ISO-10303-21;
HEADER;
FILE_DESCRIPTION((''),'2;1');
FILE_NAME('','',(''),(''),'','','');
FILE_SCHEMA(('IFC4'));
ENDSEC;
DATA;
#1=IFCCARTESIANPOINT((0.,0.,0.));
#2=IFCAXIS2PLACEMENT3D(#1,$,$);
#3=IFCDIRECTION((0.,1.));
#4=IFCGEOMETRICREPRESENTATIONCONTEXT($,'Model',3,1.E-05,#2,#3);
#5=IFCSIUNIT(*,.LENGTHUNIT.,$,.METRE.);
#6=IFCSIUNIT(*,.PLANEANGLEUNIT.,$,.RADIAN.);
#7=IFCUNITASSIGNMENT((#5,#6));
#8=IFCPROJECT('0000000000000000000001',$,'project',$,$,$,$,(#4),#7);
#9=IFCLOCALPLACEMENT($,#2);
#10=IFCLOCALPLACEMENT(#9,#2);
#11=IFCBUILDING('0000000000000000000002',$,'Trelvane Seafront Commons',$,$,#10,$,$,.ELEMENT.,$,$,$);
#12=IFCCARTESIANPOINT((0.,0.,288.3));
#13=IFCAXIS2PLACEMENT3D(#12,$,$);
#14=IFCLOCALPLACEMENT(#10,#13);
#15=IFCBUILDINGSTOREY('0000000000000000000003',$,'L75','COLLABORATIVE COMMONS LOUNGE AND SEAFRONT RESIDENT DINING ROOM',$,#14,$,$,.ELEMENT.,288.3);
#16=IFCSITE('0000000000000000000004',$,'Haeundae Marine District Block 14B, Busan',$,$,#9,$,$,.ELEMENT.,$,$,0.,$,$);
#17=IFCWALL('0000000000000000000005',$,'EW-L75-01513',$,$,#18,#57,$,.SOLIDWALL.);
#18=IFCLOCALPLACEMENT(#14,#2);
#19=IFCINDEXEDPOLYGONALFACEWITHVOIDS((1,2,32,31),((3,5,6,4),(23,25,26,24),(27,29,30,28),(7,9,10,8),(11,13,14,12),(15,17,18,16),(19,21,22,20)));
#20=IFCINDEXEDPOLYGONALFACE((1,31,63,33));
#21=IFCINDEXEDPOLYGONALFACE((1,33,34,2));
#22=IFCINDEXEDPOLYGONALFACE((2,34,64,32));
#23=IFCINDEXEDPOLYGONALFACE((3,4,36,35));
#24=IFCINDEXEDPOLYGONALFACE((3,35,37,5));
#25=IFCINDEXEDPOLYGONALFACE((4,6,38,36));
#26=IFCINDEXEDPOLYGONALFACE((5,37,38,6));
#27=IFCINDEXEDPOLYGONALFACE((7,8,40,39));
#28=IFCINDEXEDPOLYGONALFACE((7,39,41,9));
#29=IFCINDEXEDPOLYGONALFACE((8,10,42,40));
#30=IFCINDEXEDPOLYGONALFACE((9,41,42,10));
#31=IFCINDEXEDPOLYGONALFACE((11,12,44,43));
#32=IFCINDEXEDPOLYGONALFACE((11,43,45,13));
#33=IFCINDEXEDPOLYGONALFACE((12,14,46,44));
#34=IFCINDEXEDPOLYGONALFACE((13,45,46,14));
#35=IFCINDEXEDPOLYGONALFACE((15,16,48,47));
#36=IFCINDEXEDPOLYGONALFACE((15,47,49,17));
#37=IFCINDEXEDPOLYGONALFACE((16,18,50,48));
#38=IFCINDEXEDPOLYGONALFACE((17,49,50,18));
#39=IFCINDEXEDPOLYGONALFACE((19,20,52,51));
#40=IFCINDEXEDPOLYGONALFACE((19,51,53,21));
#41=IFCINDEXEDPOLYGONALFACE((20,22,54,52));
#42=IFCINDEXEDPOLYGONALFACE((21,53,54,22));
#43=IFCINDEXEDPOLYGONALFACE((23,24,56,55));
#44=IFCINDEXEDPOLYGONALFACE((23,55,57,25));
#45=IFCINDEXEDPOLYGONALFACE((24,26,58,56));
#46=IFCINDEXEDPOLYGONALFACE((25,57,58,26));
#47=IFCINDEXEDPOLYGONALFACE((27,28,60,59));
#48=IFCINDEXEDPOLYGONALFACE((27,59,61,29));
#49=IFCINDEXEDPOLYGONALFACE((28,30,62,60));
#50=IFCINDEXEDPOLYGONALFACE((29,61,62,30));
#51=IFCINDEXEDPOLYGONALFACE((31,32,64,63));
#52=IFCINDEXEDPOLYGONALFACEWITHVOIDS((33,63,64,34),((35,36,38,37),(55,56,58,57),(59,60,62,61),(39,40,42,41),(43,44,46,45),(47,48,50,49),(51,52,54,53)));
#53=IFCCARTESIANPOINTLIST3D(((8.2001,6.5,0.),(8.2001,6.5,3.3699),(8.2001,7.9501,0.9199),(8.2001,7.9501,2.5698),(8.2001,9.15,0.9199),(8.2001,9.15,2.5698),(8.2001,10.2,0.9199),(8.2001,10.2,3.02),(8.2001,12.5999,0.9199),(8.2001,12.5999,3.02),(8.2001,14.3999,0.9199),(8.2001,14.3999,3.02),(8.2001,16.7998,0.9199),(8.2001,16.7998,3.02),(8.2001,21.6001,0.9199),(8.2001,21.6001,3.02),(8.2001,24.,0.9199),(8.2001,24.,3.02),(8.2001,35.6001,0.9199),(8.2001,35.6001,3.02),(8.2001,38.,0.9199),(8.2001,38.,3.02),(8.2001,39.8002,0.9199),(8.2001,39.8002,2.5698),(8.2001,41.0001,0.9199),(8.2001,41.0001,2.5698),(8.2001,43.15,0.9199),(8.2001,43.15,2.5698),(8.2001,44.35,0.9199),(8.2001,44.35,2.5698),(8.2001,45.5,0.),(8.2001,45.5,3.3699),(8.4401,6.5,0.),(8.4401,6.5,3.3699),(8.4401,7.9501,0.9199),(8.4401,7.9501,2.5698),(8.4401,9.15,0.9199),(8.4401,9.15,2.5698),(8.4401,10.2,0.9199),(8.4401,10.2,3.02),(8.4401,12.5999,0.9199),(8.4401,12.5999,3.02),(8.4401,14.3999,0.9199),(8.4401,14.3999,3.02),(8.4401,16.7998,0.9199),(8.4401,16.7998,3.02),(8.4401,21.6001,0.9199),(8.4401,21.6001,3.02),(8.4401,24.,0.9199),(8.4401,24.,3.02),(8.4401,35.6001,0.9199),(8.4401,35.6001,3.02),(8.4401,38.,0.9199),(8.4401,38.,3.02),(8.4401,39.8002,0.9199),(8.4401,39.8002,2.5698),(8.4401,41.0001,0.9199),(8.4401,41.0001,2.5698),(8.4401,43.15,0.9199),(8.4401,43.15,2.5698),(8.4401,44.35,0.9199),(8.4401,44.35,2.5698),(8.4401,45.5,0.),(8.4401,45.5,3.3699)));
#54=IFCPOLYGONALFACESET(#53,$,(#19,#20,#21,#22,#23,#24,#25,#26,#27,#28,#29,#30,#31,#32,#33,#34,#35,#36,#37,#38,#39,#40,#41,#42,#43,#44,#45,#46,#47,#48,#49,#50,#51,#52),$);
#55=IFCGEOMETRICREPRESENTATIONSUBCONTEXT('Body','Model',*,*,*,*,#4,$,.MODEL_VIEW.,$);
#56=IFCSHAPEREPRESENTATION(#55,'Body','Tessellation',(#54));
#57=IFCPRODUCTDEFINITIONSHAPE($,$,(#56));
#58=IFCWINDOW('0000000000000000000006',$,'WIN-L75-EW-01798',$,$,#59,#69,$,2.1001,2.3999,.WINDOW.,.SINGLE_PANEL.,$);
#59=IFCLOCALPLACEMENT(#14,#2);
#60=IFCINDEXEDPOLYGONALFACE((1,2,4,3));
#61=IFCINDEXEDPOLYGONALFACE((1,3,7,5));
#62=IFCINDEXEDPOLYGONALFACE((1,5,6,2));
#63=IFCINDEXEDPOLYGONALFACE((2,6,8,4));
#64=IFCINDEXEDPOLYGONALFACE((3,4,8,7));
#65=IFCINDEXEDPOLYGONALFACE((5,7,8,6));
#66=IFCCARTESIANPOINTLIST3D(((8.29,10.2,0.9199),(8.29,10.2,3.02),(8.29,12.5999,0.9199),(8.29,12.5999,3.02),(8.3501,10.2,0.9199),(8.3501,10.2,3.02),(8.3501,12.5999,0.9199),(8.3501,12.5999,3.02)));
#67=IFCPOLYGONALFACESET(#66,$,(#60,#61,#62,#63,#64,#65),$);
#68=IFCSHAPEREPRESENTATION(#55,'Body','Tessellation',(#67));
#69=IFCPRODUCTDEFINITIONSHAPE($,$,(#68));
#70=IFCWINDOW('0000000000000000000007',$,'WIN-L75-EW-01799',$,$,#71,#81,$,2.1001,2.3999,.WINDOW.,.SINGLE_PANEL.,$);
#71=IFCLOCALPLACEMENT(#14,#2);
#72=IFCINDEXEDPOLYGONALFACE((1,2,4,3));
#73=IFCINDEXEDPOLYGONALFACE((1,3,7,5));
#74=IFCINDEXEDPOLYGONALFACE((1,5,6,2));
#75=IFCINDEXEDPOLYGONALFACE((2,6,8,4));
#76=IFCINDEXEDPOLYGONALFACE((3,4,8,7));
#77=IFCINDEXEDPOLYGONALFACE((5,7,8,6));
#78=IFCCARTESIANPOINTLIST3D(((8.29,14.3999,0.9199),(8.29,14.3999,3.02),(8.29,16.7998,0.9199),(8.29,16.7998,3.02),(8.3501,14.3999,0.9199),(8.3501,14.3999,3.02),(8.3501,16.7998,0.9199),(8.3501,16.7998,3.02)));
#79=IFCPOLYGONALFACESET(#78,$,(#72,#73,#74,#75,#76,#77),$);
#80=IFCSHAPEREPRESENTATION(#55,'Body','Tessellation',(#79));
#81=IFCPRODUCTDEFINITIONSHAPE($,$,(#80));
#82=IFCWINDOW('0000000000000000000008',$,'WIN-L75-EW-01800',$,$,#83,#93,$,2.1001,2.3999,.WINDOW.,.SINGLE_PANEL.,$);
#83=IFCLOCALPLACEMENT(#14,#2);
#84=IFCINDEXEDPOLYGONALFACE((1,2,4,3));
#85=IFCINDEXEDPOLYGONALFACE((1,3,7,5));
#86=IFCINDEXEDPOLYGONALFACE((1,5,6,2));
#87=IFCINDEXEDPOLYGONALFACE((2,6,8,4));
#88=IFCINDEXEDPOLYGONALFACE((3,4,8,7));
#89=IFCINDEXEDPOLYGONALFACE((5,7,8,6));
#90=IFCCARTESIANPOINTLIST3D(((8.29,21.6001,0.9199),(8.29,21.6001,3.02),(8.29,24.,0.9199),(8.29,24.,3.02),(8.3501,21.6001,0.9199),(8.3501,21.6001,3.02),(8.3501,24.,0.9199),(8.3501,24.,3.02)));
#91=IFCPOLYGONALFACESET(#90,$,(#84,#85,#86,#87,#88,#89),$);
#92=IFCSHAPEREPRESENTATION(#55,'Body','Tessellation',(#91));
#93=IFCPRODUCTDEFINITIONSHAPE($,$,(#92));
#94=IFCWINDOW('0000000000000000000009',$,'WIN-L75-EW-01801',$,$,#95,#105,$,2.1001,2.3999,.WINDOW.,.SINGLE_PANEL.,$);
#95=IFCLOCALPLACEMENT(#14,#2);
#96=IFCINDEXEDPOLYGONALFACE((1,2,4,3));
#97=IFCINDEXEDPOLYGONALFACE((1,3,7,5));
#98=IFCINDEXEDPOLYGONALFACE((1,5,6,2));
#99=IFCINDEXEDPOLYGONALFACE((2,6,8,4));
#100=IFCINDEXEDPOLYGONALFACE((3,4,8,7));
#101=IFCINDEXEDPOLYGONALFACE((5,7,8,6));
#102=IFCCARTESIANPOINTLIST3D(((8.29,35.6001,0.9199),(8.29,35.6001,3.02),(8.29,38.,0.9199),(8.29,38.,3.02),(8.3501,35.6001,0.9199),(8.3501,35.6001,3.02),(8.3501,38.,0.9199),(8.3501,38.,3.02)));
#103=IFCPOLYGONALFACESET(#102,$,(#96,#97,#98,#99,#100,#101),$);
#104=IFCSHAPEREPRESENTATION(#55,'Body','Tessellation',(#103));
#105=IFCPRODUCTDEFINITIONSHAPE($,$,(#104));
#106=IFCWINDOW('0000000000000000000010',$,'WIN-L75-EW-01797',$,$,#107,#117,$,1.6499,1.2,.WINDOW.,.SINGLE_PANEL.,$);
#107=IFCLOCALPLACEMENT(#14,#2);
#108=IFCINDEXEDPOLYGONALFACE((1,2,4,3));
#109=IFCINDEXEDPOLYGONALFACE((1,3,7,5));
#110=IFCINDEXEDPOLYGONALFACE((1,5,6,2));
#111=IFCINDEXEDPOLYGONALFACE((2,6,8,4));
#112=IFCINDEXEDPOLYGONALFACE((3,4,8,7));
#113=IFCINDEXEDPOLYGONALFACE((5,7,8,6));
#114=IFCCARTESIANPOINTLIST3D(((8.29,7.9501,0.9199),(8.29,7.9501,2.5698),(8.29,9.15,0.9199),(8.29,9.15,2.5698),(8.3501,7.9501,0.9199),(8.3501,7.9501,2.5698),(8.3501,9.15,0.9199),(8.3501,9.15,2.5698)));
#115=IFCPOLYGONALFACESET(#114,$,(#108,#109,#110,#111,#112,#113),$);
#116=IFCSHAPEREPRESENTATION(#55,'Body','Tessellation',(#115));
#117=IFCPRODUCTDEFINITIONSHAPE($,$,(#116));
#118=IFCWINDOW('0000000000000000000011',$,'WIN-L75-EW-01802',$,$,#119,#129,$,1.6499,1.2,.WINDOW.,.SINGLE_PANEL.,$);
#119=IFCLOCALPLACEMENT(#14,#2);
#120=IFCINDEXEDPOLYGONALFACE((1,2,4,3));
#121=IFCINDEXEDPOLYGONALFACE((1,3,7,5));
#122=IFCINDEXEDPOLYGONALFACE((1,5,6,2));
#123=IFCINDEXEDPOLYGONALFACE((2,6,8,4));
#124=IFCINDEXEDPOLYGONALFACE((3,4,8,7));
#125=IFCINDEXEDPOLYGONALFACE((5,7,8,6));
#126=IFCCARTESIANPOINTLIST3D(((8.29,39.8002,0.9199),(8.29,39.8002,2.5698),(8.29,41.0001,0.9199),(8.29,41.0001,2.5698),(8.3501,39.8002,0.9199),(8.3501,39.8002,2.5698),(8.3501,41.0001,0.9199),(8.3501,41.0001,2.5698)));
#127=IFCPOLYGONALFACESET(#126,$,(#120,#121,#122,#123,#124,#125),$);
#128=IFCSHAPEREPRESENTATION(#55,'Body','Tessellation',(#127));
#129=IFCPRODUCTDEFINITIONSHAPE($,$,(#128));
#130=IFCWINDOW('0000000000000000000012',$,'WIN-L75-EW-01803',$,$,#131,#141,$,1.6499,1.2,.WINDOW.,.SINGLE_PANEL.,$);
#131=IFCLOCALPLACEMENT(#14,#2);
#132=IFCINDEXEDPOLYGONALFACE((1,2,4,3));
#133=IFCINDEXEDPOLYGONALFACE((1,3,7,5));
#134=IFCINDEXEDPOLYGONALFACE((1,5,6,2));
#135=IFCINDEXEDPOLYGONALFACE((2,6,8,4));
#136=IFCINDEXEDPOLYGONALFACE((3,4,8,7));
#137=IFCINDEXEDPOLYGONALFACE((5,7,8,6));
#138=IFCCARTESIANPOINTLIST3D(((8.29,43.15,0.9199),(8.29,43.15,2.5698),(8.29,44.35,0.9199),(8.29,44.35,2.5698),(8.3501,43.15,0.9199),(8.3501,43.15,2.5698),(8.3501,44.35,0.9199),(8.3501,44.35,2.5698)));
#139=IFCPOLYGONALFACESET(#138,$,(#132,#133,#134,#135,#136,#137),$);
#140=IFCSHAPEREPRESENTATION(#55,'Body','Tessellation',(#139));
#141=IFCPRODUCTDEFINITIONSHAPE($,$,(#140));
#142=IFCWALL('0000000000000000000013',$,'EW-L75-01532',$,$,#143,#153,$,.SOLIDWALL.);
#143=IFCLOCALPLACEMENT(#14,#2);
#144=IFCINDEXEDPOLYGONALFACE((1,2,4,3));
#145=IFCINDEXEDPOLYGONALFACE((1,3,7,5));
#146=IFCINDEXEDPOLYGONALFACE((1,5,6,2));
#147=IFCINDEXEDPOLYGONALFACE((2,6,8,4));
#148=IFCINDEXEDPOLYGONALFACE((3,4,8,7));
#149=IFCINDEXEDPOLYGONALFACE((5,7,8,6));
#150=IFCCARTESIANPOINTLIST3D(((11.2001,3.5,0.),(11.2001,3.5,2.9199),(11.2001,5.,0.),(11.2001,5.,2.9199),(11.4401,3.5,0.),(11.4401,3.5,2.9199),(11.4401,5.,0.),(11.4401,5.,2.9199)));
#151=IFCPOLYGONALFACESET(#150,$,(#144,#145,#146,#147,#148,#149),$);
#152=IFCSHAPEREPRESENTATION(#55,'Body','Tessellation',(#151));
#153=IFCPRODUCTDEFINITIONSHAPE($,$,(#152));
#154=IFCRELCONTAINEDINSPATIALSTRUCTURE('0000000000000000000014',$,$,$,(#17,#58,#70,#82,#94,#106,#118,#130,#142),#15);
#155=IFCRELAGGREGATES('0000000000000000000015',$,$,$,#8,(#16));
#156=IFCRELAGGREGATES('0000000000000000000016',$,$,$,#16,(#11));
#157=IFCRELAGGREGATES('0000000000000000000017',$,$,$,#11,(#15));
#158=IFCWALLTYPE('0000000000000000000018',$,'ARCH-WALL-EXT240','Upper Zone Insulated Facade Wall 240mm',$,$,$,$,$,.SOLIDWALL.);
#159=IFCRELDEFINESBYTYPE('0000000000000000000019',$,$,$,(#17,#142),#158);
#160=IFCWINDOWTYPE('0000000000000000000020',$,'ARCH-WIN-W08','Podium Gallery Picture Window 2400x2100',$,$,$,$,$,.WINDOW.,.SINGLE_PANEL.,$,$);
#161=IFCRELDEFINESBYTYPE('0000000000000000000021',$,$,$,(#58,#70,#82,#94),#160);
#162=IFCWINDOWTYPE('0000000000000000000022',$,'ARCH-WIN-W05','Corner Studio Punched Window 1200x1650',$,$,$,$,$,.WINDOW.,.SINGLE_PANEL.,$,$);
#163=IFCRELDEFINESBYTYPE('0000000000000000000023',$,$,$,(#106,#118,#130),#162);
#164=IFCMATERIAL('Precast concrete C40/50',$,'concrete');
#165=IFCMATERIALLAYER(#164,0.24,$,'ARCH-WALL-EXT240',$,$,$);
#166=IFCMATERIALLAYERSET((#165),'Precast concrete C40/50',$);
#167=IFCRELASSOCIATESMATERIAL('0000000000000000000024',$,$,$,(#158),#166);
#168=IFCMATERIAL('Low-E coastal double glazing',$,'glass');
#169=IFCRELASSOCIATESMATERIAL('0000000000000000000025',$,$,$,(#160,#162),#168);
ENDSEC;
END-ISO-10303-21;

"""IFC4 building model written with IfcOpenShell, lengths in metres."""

from ifc_helpers import new_model, si_unit, direction, frame, frame_2d, origin, place, context, subcontext, project, spatial, rectangle, extrude, source, transform, mapped, material, layer, layer_set, type_object, element, fill, save


model = new_model("IFC4")

# Units and contexts
model_context = context("Model", 3, precision=1e-05, world=origin(), true_north=direction((0.0, 1.0)))
body_context = subcontext(model_context, "Body", "Model", "MODEL_VIEW")
ifc_project = project(units=[si_unit("LENGTHUNIT", "METRE"), si_unit("PLANEANGLEUNIT", "RADIAN")], contexts=[model_context])

# Site, building, storey
site_placement = place(None, origin())
site = spatial("IfcSite", under=ifc_project, at=site_placement, Name="Haeundae Marine District Block 14B, Busan", CompositionType="ELEMENT", RefElevation=0.0)
building_placement = place(site_placement, origin())
building = spatial("IfcBuilding", under=site, at=building_placement, Name="Trelvane Seafront Commons", CompositionType="ELEMENT")
storey_placement = place(building_placement, frame((0.0, 0.0, 288.3)))
storey = spatial("IfcBuildingStorey", under=building, at=storey_placement, Name="L75", Description="COLLABORATIVE COMMONS LOUNGE AND SEAFRONT RESIDENT DINING ROOM", CompositionType="ELEMENT", Elevation=288.3)

# Shared definitions
ifc_material_1 = material(Name="Precast concrete C40/50", Category="concrete")
ifc_layer_1 = layer(ifc_material_1, 0.24, Name="ARCH-WALL-EXT240")
ifc_layer_set_1 = layer_set([ifc_layer_1], Name="Precast concrete C40/50")
wall_type_1 = type_object("IfcWallType", Name="ARCH-WALL-EXT240", Description="Upper Zone Insulated Facade Wall 240mm", PredefinedType="SOLIDWALL", material=ifc_layer_set_1)

# Wall, openings, windows
wall_1_placement = place(storey_placement, frame((8.3201, 6.5, 0.0), z_axis=(0.0, 0.0, 1.0), x_axis=(0.0, 1.0, 0.0)))
wall_1 = element("IfcWall", 1, at=wall_1_placement, inside=storey, type_object=wall_type_1, Name="EW-L75-01513", PredefinedType="SOLIDWALL", context=body_context, shape_type="SweptSolid", body=[
    extrude(rectangle(XDim=39.0, YDim=0.24, at=frame_2d((19.5, 0.0))), origin(), (0.0, 0.0, 1.0), 3.3699),
])
opening_1_placement = place(wall_1_placement, frame((1.45, 0.0, 0.9199)))
opening_1 = element("IfcOpeningElement", 2, at=opening_1_placement, cuts=wall_1, PredefinedType="OPENING", context=body_context, shape_type="SweptSolid", body=[
    extrude(rectangle(XDim=1.2, YDim=1.6499, at=frame_2d((0.6001, 0.825))), frame((0.0, 0.1299, 0.0), z_axis=(0.0, -1.0, 0.0), x_axis=(1.0, 0.0, 0.0)), (0.0, 0.0, 1.0), 0.26),
])
opening_2_placement = place(wall_1_placement, frame((3.7, 0.0, 0.9199)))
opening_2 = element("IfcOpeningElement", 3, at=opening_2_placement, cuts=wall_1, PredefinedType="OPENING", context=body_context, shape_type="SweptSolid", body=[
    extrude(rectangle(XDim=2.3999, YDim=2.1001, at=frame_2d((1.2, 1.05))), frame((0.0, 0.1299, 0.0), z_axis=(0.0, -1.0, 0.0), x_axis=(1.0, 0.0, 0.0)), (0.0, 0.0, 1.0), 0.26),
])
opening_3_placement = place(wall_1_placement, frame((7.8999, 0.0, 0.9199)))
opening_3 = element("IfcOpeningElement", 4, at=opening_3_placement, cuts=wall_1, PredefinedType="OPENING", context=body_context, shape_type="SweptSolid", body=[
    extrude(rectangle(XDim=2.3999, YDim=2.1001, at=frame_2d((1.2, 1.05))), frame((0.0, 0.1299, 0.0), z_axis=(0.0, -1.0, 0.0), x_axis=(1.0, 0.0, 0.0)), (0.0, 0.0, 1.0), 0.26),
])
opening_4_placement = place(wall_1_placement, frame((15.1001, 0.0, 0.9199)))
opening_4 = element("IfcOpeningElement", 5, at=opening_4_placement, cuts=wall_1, PredefinedType="OPENING", context=body_context, shape_type="SweptSolid", body=[
    extrude(rectangle(XDim=2.3999, YDim=2.1001, at=frame_2d((1.2, 1.05))), frame((0.0, 0.1299, 0.0), z_axis=(0.0, -1.0, 0.0), x_axis=(1.0, 0.0, 0.0)), (0.0, 0.0, 1.0), 0.26),
])
opening_5_placement = place(wall_1_placement, frame((29.1001, 0.0, 0.9199)))
opening_5 = element("IfcOpeningElement", 6, at=opening_5_placement, cuts=wall_1, PredefinedType="OPENING", context=body_context, shape_type="SweptSolid", body=[
    extrude(rectangle(XDim=2.3999, YDim=2.1001, at=frame_2d((1.2, 1.05))), frame((0.0, 0.1299, 0.0), z_axis=(0.0, -1.0, 0.0), x_axis=(1.0, 0.0, 0.0)), (0.0, 0.0, 1.0), 0.26),
])
opening_6_placement = place(wall_1_placement, frame((33.3, 0.0, 0.9199)))
opening_6 = element("IfcOpeningElement", 7, at=opening_6_placement, cuts=wall_1, PredefinedType="OPENING", context=body_context, shape_type="SweptSolid", body=[
    extrude(rectangle(XDim=1.2, YDim=1.6499, at=frame_2d((0.6001, 0.825))), frame((0.0, 0.1299, 0.0), z_axis=(0.0, -1.0, 0.0), x_axis=(1.0, 0.0, 0.0)), (0.0, 0.0, 1.0), 0.26),
])
opening_7_placement = place(wall_1_placement, frame((36.6499, 0.0, 0.9199)))
opening_7 = element("IfcOpeningElement", 8, at=opening_7_placement, cuts=wall_1, PredefinedType="OPENING", context=body_context, shape_type="SweptSolid", body=[
    extrude(rectangle(XDim=1.2, YDim=1.6499, at=frame_2d((0.6001, 0.825))), frame((0.0, 0.1299, 0.0), z_axis=(0.0, -1.0, 0.0), x_axis=(1.0, 0.0, 0.0)), (0.0, 0.0, 1.0), 0.26),
])
ifc_material_2 = material(Name="Low-E coastal double glazing", Category="glass")
window_type_1 = type_object("IfcWindowType", Name="ARCH-WIN-W08", Description="Podium Gallery Picture Window 2400x2100", PartitioningType="SINGLE_PANEL", PredefinedType="WINDOW", material=ifc_material_2)
shared_shape_1 = source(origin(), body_context, "Body", "SweptSolid", [
    extrude(rectangle(XDim=2.3999, YDim=2.1001, at=frame_2d((1.2, 1.05))), frame((0.0, 0.03, 0.0), z_axis=(0.0, -1.0, 0.0), x_axis=(1.0, 0.0, 0.0)), (0.0, 0.0, 1.0), 0.0601),
])
window_1_placement = place(opening_2_placement, origin())
window_1 = element("IfcWindow", 9, at=window_1_placement, inside=storey, type_object=window_type_1, Name="WIN-L75-EW-01798", OverallHeight=2.1001, OverallWidth=2.3999, PartitioningType="SINGLE_PANEL", PredefinedType="WINDOW", context=body_context, shape_type="MappedRepresentation", body=[
    mapped(shared_shape_1, transform((0.0, 0.0, 0.0), x_axis=(1.0, 0.0, 0.0), y_axis=(0.0, 1.0, 0.0), z_axis=(0.0, 0.0, 1.0), scale=1.0)),
])
fill(opening_2, window_1)
window_2_placement = place(opening_3_placement, origin())
window_2 = element("IfcWindow", 10, at=window_2_placement, inside=storey, type_object=window_type_1, Name="WIN-L75-EW-01799", OverallHeight=2.1001, OverallWidth=2.3999, PartitioningType="SINGLE_PANEL", PredefinedType="WINDOW", context=body_context, shape_type="MappedRepresentation", body=[
    mapped(shared_shape_1, transform((0.0, 0.0, 0.0), x_axis=(1.0, 0.0, 0.0), y_axis=(0.0, 1.0, 0.0), z_axis=(0.0, 0.0, 1.0), scale=1.0)),
])
fill(opening_3, window_2)
window_3_placement = place(opening_4_placement, origin())
window_3 = element("IfcWindow", 11, at=window_3_placement, inside=storey, type_object=window_type_1, Name="WIN-L75-EW-01800", OverallHeight=2.1001, OverallWidth=2.3999, PartitioningType="SINGLE_PANEL", PredefinedType="WINDOW", context=body_context, shape_type="MappedRepresentation", body=[
    mapped(shared_shape_1, transform((0.0, 0.0, 0.0), x_axis=(1.0, 0.0, 0.0), y_axis=(0.0, 1.0, 0.0), z_axis=(0.0, 0.0, 1.0), scale=1.0)),
])
fill(opening_4, window_3)
window_4_placement = place(opening_5_placement, origin())
window_4 = element("IfcWindow", 12, at=window_4_placement, inside=storey, type_object=window_type_1, Name="WIN-L75-EW-01801", OverallHeight=2.1001, OverallWidth=2.3999, PartitioningType="SINGLE_PANEL", PredefinedType="WINDOW", context=body_context, shape_type="MappedRepresentation", body=[
    mapped(shared_shape_1, transform((0.0, 0.0, 0.0), x_axis=(1.0, 0.0, 0.0), y_axis=(0.0, 1.0, 0.0), z_axis=(0.0, 0.0, 1.0), scale=1.0)),
])
fill(opening_5, window_4)
window_type_2 = type_object("IfcWindowType", Name="ARCH-WIN-W05", Description="Corner Studio Punched Window 1200x1650", PartitioningType="SINGLE_PANEL", PredefinedType="WINDOW", material=ifc_material_2)
shared_shape_2 = source(origin(), body_context, "Body", "SweptSolid", [
    extrude(rectangle(XDim=1.2, YDim=1.6499, at=frame_2d((0.6001, 0.825))), frame((0.0, 0.03, 0.0), z_axis=(0.0, -1.0, 0.0), x_axis=(1.0, 0.0, 0.0)), (0.0, 0.0, 1.0), 0.0601),
])
window_5_placement = place(opening_1_placement, origin())
window_5 = element("IfcWindow", 13, at=window_5_placement, inside=storey, type_object=window_type_2, Name="WIN-L75-EW-01797", OverallHeight=1.6499, OverallWidth=1.2, PartitioningType="SINGLE_PANEL", PredefinedType="WINDOW", context=body_context, shape_type="MappedRepresentation", body=[
    mapped(shared_shape_2, transform((0.0, 0.0, 0.0), x_axis=(1.0, 0.0, 0.0), y_axis=(0.0, 1.0, 0.0), z_axis=(0.0, 0.0, 1.0), scale=1.0)),
])
fill(opening_1, window_5)
window_6_placement = place(opening_6_placement, origin())
window_6 = element("IfcWindow", 14, at=window_6_placement, inside=storey, type_object=window_type_2, Name="WIN-L75-EW-01802", OverallHeight=1.6499, OverallWidth=1.2, PartitioningType="SINGLE_PANEL", PredefinedType="WINDOW", context=body_context, shape_type="MappedRepresentation", body=[
    mapped(shared_shape_2, transform((0.0, 0.0, 0.0), x_axis=(1.0, 0.0, 0.0), y_axis=(0.0, 1.0, 0.0), z_axis=(0.0, 0.0, 1.0), scale=1.0)),
])
fill(opening_6, window_6)
window_7_placement = place(opening_7_placement, origin())
window_7 = element("IfcWindow", 15, at=window_7_placement, inside=storey, type_object=window_type_2, Name="WIN-L75-EW-01803", OverallHeight=1.6499, OverallWidth=1.2, PartitioningType="SINGLE_PANEL", PredefinedType="WINDOW", context=body_context, shape_type="MappedRepresentation", body=[
    mapped(shared_shape_2, transform((0.0, 0.0, 0.0), x_axis=(1.0, 0.0, 0.0), y_axis=(0.0, 1.0, 0.0), z_axis=(0.0, 0.0, 1.0), scale=1.0)),
])
fill(opening_7, window_7)

# Wall
wall_2_placement = place(storey_placement, frame((11.3201, 3.5, 0.0), z_axis=(0.0, 0.0, 1.0), x_axis=(0.0, 1.0, 0.0)))
element("IfcWall", 16, at=wall_2_placement, inside=storey, type_object=wall_type_1, Name="EW-L75-01532", PredefinedType="SOLIDWALL", context=body_context, shape_type="SweptSolid", body=[
    extrude(rectangle(XDim=1.5, YDim=0.24, at=frame_2d((0.75, 0.0))), origin(), (0.0, 0.0, 1.0), 2.9199),
])

save(model, "model.ifc")
